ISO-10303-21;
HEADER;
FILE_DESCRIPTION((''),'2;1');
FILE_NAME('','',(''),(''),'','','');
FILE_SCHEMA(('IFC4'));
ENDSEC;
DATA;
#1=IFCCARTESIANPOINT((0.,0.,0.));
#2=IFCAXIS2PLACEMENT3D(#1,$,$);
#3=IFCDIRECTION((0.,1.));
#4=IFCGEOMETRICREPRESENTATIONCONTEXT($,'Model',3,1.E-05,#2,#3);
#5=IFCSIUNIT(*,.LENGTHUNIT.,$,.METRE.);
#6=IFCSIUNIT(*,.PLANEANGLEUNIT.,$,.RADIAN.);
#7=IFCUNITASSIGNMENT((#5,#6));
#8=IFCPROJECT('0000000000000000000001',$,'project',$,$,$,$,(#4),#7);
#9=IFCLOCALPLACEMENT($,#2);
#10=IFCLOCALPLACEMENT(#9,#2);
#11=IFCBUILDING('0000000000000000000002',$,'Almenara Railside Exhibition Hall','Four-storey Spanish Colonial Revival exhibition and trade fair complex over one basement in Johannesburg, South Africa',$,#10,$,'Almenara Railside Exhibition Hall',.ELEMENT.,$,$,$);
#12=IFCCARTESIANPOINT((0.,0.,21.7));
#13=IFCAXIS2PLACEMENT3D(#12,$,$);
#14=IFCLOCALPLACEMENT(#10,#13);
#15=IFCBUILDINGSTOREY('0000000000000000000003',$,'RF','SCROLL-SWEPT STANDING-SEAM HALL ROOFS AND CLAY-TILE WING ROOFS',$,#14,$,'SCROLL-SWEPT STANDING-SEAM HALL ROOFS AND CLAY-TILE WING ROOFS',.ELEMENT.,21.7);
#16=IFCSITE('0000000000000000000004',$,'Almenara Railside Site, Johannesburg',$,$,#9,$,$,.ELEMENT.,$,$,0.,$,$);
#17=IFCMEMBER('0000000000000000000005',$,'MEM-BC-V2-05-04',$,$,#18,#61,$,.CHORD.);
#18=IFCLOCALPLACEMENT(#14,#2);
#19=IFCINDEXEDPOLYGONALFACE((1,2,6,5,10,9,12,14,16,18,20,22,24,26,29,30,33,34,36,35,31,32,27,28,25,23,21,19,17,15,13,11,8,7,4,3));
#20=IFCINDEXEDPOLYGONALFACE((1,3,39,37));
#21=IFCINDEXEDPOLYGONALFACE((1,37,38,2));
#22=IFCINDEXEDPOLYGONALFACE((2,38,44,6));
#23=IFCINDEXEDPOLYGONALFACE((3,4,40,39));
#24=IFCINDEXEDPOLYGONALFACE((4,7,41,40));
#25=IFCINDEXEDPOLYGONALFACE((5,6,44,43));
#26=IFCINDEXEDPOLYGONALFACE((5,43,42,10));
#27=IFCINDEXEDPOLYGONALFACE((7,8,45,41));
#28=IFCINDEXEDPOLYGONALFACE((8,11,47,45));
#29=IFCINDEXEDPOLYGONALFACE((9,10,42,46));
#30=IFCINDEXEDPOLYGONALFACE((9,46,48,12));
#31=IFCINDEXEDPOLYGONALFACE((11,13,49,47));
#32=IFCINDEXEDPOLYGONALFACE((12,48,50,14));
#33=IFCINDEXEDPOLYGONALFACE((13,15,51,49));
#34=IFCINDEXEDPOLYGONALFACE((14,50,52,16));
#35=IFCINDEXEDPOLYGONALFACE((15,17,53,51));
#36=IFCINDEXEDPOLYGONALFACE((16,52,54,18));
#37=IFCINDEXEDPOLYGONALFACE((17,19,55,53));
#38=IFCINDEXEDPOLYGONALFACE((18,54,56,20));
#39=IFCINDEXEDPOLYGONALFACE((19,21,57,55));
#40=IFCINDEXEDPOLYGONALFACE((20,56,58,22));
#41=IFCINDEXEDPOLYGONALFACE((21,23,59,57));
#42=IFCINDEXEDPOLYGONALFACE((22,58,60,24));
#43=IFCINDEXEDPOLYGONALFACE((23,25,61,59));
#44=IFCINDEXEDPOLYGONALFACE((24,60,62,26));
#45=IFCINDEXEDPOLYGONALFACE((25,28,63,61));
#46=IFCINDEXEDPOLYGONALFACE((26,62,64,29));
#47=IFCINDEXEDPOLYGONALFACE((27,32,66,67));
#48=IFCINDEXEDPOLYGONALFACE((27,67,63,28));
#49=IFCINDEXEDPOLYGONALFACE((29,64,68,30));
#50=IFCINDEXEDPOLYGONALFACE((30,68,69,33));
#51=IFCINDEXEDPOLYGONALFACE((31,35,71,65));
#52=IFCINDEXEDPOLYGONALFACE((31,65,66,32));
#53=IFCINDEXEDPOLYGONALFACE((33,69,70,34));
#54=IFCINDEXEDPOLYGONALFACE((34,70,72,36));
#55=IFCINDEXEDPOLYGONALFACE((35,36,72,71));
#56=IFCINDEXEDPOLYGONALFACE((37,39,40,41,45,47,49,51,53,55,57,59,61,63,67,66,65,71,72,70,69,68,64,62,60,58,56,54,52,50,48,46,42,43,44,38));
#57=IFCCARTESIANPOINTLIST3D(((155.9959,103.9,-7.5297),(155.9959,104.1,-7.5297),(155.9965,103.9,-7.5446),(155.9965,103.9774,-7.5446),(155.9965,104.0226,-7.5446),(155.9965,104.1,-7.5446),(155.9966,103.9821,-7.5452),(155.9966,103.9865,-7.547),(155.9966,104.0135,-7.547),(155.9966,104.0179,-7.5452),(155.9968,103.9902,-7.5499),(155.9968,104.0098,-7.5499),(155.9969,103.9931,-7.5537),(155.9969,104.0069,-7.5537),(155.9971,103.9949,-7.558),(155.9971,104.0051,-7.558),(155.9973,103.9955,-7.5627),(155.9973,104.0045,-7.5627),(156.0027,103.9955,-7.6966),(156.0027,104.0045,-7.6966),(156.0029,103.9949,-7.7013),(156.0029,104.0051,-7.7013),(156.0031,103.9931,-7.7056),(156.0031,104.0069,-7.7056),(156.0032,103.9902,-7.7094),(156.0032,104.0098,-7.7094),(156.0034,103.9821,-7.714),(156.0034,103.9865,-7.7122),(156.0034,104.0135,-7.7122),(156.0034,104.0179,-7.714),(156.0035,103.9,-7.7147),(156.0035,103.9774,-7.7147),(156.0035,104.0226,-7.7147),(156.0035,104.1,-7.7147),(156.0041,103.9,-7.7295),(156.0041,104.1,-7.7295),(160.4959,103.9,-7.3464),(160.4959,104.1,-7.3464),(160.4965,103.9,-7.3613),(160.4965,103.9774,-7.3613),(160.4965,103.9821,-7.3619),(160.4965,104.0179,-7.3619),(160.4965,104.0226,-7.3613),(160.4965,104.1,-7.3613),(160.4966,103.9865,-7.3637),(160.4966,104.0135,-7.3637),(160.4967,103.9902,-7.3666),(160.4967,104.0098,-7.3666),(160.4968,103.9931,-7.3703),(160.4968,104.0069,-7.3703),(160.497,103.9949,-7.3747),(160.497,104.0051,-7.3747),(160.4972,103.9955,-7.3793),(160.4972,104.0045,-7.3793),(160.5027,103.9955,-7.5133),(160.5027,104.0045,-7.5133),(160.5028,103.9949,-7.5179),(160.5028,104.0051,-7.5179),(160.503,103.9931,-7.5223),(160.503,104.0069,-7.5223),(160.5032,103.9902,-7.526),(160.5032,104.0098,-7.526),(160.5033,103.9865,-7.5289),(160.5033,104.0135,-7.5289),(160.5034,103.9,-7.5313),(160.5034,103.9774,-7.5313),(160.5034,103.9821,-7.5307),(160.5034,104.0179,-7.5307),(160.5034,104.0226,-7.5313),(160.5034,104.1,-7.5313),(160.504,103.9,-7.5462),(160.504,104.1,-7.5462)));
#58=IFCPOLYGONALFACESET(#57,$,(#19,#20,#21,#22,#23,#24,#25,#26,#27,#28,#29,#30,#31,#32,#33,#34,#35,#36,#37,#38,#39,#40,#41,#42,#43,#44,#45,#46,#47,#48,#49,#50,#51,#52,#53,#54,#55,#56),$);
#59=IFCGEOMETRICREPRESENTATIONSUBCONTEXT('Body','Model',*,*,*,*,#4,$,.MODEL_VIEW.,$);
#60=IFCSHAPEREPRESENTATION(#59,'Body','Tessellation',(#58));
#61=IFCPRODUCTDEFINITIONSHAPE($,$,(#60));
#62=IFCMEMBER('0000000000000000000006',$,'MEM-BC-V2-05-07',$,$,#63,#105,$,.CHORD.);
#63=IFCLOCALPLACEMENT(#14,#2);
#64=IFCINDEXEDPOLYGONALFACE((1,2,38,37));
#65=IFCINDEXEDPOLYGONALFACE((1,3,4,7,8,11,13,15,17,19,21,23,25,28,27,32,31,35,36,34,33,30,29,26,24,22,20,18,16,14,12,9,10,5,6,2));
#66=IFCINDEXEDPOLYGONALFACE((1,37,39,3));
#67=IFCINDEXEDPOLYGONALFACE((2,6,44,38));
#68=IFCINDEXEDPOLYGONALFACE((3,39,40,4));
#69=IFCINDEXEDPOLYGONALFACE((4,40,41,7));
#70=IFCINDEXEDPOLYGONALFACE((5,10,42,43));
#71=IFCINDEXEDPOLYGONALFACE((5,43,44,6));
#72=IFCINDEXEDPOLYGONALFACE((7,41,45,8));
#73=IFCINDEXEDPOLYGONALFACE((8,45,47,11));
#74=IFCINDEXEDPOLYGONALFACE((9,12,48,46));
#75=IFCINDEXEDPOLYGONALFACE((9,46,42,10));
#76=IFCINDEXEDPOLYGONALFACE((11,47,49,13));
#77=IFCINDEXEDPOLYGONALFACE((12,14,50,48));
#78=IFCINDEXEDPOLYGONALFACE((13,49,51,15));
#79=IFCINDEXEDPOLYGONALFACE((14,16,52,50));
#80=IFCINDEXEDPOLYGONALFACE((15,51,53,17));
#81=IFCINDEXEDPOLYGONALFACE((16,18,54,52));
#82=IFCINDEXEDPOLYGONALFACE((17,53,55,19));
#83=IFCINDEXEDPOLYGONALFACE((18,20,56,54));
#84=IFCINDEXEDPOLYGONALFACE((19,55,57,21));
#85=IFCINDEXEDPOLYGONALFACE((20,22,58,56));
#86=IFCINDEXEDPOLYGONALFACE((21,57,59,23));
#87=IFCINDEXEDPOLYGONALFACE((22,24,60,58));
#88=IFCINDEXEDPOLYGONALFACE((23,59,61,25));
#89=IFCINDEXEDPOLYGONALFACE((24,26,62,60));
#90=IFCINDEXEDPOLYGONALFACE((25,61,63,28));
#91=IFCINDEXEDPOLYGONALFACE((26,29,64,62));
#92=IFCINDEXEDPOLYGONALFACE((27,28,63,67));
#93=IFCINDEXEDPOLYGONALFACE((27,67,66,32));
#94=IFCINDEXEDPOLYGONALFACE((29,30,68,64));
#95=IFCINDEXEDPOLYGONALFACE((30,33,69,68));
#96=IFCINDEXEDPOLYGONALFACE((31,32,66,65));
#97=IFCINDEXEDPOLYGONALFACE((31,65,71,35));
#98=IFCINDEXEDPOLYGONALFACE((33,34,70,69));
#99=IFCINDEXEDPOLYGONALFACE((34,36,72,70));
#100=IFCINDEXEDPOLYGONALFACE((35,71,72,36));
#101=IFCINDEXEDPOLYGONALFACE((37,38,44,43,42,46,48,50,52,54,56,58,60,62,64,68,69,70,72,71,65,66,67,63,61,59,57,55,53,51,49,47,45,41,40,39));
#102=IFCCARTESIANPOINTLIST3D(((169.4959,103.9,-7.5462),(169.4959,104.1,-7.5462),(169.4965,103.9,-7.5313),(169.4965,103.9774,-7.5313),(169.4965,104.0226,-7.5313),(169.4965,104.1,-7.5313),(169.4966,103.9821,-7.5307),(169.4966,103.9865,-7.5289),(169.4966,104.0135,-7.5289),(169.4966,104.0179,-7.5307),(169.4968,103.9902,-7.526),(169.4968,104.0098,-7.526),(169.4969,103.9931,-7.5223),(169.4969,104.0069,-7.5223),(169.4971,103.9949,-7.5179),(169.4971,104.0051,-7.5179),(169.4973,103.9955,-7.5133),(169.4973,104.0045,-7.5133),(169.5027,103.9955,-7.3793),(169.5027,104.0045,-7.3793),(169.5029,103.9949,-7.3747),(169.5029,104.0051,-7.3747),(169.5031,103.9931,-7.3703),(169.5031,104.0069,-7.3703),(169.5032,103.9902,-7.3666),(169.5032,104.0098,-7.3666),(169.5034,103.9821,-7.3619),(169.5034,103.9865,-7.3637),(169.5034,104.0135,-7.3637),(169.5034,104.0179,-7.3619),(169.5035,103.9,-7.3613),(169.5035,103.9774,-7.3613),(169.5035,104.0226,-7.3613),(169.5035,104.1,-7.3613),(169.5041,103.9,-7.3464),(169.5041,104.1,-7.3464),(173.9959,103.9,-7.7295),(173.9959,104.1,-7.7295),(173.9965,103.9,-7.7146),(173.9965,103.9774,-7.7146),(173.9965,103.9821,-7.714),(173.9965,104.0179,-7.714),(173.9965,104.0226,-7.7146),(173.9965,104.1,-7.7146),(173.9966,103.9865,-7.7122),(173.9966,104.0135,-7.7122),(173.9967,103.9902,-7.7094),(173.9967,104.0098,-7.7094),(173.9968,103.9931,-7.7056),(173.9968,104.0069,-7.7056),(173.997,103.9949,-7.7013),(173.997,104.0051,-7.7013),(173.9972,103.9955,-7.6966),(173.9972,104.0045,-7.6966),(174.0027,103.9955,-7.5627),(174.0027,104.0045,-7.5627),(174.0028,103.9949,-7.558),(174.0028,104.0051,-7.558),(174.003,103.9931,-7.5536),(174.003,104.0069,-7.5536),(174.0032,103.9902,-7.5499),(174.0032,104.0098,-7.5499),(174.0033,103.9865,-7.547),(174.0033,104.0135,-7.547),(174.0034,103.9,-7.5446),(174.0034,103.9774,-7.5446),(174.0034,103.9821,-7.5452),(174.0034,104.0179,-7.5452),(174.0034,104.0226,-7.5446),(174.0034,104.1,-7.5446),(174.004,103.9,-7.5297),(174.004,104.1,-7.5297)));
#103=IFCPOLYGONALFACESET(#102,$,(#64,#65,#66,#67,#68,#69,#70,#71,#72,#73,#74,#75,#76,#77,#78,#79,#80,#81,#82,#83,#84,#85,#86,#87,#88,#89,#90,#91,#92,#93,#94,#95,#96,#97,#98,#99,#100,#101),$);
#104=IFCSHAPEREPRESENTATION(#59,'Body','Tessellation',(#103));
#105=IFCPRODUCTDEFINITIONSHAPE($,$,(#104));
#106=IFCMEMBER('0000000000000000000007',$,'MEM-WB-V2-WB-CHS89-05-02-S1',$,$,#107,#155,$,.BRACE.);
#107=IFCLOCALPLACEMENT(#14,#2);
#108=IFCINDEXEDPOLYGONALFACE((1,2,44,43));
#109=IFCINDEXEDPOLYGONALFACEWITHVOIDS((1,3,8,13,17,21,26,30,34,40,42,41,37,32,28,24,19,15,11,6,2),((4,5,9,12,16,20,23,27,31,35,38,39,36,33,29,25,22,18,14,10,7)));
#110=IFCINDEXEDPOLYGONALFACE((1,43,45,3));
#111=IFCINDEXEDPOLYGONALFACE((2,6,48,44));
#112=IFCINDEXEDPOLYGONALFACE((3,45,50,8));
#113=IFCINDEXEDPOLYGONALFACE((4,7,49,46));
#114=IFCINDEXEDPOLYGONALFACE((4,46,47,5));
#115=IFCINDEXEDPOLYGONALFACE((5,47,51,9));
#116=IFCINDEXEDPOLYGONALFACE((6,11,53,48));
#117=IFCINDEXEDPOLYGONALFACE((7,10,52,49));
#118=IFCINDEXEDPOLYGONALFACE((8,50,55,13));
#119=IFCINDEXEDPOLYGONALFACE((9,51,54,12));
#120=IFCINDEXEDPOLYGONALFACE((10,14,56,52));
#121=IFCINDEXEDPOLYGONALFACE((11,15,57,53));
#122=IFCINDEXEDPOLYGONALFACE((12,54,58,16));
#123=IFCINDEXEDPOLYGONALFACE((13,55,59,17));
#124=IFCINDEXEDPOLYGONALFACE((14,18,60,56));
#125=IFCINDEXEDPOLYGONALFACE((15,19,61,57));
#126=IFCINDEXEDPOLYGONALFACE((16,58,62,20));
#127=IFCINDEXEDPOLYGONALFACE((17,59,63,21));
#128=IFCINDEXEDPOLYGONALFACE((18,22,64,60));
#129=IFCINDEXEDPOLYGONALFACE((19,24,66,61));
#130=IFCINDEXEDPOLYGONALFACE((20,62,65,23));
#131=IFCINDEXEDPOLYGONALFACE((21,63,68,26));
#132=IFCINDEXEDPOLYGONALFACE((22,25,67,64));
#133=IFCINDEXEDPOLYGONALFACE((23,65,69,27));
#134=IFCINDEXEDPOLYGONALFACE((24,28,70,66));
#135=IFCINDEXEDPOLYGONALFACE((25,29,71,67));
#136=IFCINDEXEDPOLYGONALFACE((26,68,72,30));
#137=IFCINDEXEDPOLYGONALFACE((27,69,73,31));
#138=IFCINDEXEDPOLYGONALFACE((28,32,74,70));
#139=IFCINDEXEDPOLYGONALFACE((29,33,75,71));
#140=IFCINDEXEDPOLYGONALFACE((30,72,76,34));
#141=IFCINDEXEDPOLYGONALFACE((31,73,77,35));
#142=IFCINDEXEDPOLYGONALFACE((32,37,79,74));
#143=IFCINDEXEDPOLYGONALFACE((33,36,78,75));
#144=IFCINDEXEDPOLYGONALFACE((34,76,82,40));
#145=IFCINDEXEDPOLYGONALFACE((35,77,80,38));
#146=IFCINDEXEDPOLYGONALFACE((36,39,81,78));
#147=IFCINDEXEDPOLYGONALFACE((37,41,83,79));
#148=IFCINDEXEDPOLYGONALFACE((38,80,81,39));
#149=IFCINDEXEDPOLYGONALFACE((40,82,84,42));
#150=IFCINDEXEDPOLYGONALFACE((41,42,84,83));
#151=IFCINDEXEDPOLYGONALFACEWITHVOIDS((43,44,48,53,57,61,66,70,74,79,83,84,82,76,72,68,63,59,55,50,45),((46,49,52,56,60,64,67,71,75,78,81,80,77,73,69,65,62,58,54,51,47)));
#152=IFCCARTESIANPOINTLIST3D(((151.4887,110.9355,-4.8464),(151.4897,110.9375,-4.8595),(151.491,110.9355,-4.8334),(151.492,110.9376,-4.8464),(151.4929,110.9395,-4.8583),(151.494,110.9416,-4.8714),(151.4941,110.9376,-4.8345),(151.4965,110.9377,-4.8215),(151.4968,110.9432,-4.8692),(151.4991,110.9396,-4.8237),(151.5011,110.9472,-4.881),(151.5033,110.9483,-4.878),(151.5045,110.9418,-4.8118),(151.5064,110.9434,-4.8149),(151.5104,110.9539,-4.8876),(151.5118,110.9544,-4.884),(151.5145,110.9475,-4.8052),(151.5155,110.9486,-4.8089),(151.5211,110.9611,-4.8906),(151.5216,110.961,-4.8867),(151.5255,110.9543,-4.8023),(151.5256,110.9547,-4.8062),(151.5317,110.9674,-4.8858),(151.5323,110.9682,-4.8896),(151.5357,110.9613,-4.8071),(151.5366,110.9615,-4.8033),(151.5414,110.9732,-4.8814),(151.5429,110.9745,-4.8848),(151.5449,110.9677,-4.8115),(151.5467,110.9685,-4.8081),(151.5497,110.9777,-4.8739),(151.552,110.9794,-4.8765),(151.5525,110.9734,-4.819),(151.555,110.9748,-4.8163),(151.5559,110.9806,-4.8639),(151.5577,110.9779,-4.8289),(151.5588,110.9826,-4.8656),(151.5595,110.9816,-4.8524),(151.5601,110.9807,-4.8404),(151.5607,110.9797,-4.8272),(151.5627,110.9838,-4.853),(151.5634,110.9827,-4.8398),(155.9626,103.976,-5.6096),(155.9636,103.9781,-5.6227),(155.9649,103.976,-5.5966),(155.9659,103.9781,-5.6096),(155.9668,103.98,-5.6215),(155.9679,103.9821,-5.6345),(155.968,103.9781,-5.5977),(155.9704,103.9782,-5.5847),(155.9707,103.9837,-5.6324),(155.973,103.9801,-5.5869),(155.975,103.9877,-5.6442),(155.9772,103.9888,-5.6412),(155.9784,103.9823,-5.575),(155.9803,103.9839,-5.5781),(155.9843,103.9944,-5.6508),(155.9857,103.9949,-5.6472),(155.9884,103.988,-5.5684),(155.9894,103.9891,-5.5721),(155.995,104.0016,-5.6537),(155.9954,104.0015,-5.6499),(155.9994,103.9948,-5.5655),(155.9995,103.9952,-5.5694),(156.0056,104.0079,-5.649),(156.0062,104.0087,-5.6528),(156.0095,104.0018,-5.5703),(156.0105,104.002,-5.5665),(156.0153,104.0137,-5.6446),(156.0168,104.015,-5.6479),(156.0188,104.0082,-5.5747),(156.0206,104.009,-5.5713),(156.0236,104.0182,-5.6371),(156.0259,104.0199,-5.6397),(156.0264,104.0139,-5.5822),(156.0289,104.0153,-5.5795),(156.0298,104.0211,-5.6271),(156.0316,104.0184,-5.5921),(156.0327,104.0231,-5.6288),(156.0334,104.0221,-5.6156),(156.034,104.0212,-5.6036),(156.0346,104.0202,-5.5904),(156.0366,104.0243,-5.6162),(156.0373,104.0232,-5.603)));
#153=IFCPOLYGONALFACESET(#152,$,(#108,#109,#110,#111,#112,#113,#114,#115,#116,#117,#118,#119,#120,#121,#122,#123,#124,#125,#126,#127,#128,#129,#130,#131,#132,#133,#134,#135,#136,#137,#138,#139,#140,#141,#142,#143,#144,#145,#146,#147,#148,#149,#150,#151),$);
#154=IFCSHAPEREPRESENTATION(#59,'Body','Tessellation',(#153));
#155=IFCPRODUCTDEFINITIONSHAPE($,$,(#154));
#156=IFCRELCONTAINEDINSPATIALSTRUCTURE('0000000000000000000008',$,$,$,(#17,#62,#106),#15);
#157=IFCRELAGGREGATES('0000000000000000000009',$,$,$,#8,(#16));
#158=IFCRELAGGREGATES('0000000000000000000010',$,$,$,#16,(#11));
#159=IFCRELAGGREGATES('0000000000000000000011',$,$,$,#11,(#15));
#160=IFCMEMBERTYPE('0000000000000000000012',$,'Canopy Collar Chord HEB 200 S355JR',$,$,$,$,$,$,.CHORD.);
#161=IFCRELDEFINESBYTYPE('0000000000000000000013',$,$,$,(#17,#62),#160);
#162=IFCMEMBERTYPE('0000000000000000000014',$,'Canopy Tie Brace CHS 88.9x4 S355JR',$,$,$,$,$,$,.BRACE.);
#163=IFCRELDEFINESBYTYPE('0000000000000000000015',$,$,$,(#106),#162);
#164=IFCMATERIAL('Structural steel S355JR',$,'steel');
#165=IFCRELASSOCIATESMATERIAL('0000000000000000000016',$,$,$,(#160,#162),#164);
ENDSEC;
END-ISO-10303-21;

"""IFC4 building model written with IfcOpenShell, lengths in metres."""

from ifc_helpers import new_model, si_unit, direction, frame, origin, origin_2d, place, context, subcontext, project, spatial, hollow_circle, i_section, extrude, material, material_profile, profile_set, type_object, element, save


model = new_model("IFC4")

# Units and contexts
model_context = context("Model", 3, precision=1e-05, world=origin(), true_north=direction((0.0, 1.0)))
body_context = subcontext(model_context, "Body", "Model", "MODEL_VIEW")
ifc_project = project(units=[si_unit("LENGTHUNIT", "METRE"), si_unit("PLANEANGLEUNIT", "RADIAN")], contexts=[model_context])

# Site, building, storey
site_placement = place(None, origin())
site = spatial("IfcSite", under=ifc_project, at=site_placement, Name="Almenara Railside Site, Johannesburg", CompositionType="ELEMENT", RefElevation=0.0)
building_placement = place(site_placement, origin())
building = spatial("IfcBuilding", under=site, at=building_placement, Name="Almenara Railside Exhibition Hall", Description="Four-storey Spanish Colonial Revival exhibition and trade fair complex over one basement in Johannesburg, South Africa", LongName="Almenara Railside Exhibition Hall", CompositionType="ELEMENT")
storey_placement = place(building_placement, frame((0.0, 0.0, 21.7)))
storey = spatial("IfcBuildingStorey", under=building, at=storey_placement, Name="RF", Description="SCROLL-SWEPT STANDING-SEAM HALL ROOFS AND CLAY-TILE WING ROOFS", LongName="SCROLL-SWEPT STANDING-SEAM HALL ROOFS AND CLAY-TILE WING ROOFS", CompositionType="ELEMENT", Elevation=21.7)

# Members
ifc_material_1 = material(Name="Structural steel S355JR", Category="steel")
ifc_material_profile_1 = material_profile(ifc_material_1, i_section(OverallWidth=0.2, OverallDepth=0.2, WebThickness=0.009, FlangeThickness=0.0149, FilletRadius=0.0181, at=origin_2d()), Name="HEB 200")
ifc_profile_set_1 = profile_set([ifc_material_profile_1], Name="Structural steel S355JR")
member_type_1 = type_object("IfcMemberType", Name="Canopy Collar Chord HEB 200 S355JR", PredefinedType="CHORD", material=ifc_profile_set_1)
for number, where, z_axis, x_axis, name in (
    (1, (156.0, 104.0, -7.6296), (0.999171, 0.0, 0.040711), (0.0, 1.0, 0.0), "MEM-BC-V2-05-04"),
    (2, (169.5, 104.0, -7.4463), (0.999171, 0.0, -0.040711), (0.0, 1.0, 0.0), "MEM-BC-V2-05-07"),
):
    element("IfcMember", number, at=place(storey_placement, frame(where, z_axis=z_axis, x_axis=x_axis)), inside=storey, type_object=member_type_1, Name=name, PredefinedType="CHORD", context=body_context, shape_type="SweptSolid", body=[
        extrude(i_section(OverallWidth=0.2, OverallDepth=0.2, WebThickness=0.009, FlangeThickness=0.0149, FilletRadius=0.0181, at=origin_2d()), origin(), (0.0, 0.0, 1.0), 4.5037),
    ])
ifc_material_profile_2 = material_profile(ifc_material_1, hollow_circle(Radius=0.0444, WallThickness=0.0039, at=origin_2d()), Name="CHS 88.9x4")
ifc_profile_set_2 = profile_set([ifc_material_profile_2], Name="Structural steel S355JR")
member_type_2 = type_object("IfcMemberType", Name="Canopy Tie Brace CHS 88.9x4 S355JR", PredefinedType="BRACE", material=ifc_profile_set_2)
member_1_placement = place(storey_placement, frame((156.0, 104.0, -5.6096), z_axis=(-0.538466, 0.837626, 0.091855), x_axis=(-0.841182, -0.540752, 0.0)))
element("IfcMember", 3, at=member_1_placement, inside=storey, type_object=member_type_2, Name="MEM-WB-V2-WB-CHS89-05-02-S1", PredefinedType="BRACE", context=body_context, shape_type="SweptSolid", body=[
    extrude(hollow_circle(Radius=0.0444, WallThickness=0.0039, at=origin_2d()), origin(), (0.0, 0.0, 1.0), 8.3086),
])

save(model, "model.ifc")
